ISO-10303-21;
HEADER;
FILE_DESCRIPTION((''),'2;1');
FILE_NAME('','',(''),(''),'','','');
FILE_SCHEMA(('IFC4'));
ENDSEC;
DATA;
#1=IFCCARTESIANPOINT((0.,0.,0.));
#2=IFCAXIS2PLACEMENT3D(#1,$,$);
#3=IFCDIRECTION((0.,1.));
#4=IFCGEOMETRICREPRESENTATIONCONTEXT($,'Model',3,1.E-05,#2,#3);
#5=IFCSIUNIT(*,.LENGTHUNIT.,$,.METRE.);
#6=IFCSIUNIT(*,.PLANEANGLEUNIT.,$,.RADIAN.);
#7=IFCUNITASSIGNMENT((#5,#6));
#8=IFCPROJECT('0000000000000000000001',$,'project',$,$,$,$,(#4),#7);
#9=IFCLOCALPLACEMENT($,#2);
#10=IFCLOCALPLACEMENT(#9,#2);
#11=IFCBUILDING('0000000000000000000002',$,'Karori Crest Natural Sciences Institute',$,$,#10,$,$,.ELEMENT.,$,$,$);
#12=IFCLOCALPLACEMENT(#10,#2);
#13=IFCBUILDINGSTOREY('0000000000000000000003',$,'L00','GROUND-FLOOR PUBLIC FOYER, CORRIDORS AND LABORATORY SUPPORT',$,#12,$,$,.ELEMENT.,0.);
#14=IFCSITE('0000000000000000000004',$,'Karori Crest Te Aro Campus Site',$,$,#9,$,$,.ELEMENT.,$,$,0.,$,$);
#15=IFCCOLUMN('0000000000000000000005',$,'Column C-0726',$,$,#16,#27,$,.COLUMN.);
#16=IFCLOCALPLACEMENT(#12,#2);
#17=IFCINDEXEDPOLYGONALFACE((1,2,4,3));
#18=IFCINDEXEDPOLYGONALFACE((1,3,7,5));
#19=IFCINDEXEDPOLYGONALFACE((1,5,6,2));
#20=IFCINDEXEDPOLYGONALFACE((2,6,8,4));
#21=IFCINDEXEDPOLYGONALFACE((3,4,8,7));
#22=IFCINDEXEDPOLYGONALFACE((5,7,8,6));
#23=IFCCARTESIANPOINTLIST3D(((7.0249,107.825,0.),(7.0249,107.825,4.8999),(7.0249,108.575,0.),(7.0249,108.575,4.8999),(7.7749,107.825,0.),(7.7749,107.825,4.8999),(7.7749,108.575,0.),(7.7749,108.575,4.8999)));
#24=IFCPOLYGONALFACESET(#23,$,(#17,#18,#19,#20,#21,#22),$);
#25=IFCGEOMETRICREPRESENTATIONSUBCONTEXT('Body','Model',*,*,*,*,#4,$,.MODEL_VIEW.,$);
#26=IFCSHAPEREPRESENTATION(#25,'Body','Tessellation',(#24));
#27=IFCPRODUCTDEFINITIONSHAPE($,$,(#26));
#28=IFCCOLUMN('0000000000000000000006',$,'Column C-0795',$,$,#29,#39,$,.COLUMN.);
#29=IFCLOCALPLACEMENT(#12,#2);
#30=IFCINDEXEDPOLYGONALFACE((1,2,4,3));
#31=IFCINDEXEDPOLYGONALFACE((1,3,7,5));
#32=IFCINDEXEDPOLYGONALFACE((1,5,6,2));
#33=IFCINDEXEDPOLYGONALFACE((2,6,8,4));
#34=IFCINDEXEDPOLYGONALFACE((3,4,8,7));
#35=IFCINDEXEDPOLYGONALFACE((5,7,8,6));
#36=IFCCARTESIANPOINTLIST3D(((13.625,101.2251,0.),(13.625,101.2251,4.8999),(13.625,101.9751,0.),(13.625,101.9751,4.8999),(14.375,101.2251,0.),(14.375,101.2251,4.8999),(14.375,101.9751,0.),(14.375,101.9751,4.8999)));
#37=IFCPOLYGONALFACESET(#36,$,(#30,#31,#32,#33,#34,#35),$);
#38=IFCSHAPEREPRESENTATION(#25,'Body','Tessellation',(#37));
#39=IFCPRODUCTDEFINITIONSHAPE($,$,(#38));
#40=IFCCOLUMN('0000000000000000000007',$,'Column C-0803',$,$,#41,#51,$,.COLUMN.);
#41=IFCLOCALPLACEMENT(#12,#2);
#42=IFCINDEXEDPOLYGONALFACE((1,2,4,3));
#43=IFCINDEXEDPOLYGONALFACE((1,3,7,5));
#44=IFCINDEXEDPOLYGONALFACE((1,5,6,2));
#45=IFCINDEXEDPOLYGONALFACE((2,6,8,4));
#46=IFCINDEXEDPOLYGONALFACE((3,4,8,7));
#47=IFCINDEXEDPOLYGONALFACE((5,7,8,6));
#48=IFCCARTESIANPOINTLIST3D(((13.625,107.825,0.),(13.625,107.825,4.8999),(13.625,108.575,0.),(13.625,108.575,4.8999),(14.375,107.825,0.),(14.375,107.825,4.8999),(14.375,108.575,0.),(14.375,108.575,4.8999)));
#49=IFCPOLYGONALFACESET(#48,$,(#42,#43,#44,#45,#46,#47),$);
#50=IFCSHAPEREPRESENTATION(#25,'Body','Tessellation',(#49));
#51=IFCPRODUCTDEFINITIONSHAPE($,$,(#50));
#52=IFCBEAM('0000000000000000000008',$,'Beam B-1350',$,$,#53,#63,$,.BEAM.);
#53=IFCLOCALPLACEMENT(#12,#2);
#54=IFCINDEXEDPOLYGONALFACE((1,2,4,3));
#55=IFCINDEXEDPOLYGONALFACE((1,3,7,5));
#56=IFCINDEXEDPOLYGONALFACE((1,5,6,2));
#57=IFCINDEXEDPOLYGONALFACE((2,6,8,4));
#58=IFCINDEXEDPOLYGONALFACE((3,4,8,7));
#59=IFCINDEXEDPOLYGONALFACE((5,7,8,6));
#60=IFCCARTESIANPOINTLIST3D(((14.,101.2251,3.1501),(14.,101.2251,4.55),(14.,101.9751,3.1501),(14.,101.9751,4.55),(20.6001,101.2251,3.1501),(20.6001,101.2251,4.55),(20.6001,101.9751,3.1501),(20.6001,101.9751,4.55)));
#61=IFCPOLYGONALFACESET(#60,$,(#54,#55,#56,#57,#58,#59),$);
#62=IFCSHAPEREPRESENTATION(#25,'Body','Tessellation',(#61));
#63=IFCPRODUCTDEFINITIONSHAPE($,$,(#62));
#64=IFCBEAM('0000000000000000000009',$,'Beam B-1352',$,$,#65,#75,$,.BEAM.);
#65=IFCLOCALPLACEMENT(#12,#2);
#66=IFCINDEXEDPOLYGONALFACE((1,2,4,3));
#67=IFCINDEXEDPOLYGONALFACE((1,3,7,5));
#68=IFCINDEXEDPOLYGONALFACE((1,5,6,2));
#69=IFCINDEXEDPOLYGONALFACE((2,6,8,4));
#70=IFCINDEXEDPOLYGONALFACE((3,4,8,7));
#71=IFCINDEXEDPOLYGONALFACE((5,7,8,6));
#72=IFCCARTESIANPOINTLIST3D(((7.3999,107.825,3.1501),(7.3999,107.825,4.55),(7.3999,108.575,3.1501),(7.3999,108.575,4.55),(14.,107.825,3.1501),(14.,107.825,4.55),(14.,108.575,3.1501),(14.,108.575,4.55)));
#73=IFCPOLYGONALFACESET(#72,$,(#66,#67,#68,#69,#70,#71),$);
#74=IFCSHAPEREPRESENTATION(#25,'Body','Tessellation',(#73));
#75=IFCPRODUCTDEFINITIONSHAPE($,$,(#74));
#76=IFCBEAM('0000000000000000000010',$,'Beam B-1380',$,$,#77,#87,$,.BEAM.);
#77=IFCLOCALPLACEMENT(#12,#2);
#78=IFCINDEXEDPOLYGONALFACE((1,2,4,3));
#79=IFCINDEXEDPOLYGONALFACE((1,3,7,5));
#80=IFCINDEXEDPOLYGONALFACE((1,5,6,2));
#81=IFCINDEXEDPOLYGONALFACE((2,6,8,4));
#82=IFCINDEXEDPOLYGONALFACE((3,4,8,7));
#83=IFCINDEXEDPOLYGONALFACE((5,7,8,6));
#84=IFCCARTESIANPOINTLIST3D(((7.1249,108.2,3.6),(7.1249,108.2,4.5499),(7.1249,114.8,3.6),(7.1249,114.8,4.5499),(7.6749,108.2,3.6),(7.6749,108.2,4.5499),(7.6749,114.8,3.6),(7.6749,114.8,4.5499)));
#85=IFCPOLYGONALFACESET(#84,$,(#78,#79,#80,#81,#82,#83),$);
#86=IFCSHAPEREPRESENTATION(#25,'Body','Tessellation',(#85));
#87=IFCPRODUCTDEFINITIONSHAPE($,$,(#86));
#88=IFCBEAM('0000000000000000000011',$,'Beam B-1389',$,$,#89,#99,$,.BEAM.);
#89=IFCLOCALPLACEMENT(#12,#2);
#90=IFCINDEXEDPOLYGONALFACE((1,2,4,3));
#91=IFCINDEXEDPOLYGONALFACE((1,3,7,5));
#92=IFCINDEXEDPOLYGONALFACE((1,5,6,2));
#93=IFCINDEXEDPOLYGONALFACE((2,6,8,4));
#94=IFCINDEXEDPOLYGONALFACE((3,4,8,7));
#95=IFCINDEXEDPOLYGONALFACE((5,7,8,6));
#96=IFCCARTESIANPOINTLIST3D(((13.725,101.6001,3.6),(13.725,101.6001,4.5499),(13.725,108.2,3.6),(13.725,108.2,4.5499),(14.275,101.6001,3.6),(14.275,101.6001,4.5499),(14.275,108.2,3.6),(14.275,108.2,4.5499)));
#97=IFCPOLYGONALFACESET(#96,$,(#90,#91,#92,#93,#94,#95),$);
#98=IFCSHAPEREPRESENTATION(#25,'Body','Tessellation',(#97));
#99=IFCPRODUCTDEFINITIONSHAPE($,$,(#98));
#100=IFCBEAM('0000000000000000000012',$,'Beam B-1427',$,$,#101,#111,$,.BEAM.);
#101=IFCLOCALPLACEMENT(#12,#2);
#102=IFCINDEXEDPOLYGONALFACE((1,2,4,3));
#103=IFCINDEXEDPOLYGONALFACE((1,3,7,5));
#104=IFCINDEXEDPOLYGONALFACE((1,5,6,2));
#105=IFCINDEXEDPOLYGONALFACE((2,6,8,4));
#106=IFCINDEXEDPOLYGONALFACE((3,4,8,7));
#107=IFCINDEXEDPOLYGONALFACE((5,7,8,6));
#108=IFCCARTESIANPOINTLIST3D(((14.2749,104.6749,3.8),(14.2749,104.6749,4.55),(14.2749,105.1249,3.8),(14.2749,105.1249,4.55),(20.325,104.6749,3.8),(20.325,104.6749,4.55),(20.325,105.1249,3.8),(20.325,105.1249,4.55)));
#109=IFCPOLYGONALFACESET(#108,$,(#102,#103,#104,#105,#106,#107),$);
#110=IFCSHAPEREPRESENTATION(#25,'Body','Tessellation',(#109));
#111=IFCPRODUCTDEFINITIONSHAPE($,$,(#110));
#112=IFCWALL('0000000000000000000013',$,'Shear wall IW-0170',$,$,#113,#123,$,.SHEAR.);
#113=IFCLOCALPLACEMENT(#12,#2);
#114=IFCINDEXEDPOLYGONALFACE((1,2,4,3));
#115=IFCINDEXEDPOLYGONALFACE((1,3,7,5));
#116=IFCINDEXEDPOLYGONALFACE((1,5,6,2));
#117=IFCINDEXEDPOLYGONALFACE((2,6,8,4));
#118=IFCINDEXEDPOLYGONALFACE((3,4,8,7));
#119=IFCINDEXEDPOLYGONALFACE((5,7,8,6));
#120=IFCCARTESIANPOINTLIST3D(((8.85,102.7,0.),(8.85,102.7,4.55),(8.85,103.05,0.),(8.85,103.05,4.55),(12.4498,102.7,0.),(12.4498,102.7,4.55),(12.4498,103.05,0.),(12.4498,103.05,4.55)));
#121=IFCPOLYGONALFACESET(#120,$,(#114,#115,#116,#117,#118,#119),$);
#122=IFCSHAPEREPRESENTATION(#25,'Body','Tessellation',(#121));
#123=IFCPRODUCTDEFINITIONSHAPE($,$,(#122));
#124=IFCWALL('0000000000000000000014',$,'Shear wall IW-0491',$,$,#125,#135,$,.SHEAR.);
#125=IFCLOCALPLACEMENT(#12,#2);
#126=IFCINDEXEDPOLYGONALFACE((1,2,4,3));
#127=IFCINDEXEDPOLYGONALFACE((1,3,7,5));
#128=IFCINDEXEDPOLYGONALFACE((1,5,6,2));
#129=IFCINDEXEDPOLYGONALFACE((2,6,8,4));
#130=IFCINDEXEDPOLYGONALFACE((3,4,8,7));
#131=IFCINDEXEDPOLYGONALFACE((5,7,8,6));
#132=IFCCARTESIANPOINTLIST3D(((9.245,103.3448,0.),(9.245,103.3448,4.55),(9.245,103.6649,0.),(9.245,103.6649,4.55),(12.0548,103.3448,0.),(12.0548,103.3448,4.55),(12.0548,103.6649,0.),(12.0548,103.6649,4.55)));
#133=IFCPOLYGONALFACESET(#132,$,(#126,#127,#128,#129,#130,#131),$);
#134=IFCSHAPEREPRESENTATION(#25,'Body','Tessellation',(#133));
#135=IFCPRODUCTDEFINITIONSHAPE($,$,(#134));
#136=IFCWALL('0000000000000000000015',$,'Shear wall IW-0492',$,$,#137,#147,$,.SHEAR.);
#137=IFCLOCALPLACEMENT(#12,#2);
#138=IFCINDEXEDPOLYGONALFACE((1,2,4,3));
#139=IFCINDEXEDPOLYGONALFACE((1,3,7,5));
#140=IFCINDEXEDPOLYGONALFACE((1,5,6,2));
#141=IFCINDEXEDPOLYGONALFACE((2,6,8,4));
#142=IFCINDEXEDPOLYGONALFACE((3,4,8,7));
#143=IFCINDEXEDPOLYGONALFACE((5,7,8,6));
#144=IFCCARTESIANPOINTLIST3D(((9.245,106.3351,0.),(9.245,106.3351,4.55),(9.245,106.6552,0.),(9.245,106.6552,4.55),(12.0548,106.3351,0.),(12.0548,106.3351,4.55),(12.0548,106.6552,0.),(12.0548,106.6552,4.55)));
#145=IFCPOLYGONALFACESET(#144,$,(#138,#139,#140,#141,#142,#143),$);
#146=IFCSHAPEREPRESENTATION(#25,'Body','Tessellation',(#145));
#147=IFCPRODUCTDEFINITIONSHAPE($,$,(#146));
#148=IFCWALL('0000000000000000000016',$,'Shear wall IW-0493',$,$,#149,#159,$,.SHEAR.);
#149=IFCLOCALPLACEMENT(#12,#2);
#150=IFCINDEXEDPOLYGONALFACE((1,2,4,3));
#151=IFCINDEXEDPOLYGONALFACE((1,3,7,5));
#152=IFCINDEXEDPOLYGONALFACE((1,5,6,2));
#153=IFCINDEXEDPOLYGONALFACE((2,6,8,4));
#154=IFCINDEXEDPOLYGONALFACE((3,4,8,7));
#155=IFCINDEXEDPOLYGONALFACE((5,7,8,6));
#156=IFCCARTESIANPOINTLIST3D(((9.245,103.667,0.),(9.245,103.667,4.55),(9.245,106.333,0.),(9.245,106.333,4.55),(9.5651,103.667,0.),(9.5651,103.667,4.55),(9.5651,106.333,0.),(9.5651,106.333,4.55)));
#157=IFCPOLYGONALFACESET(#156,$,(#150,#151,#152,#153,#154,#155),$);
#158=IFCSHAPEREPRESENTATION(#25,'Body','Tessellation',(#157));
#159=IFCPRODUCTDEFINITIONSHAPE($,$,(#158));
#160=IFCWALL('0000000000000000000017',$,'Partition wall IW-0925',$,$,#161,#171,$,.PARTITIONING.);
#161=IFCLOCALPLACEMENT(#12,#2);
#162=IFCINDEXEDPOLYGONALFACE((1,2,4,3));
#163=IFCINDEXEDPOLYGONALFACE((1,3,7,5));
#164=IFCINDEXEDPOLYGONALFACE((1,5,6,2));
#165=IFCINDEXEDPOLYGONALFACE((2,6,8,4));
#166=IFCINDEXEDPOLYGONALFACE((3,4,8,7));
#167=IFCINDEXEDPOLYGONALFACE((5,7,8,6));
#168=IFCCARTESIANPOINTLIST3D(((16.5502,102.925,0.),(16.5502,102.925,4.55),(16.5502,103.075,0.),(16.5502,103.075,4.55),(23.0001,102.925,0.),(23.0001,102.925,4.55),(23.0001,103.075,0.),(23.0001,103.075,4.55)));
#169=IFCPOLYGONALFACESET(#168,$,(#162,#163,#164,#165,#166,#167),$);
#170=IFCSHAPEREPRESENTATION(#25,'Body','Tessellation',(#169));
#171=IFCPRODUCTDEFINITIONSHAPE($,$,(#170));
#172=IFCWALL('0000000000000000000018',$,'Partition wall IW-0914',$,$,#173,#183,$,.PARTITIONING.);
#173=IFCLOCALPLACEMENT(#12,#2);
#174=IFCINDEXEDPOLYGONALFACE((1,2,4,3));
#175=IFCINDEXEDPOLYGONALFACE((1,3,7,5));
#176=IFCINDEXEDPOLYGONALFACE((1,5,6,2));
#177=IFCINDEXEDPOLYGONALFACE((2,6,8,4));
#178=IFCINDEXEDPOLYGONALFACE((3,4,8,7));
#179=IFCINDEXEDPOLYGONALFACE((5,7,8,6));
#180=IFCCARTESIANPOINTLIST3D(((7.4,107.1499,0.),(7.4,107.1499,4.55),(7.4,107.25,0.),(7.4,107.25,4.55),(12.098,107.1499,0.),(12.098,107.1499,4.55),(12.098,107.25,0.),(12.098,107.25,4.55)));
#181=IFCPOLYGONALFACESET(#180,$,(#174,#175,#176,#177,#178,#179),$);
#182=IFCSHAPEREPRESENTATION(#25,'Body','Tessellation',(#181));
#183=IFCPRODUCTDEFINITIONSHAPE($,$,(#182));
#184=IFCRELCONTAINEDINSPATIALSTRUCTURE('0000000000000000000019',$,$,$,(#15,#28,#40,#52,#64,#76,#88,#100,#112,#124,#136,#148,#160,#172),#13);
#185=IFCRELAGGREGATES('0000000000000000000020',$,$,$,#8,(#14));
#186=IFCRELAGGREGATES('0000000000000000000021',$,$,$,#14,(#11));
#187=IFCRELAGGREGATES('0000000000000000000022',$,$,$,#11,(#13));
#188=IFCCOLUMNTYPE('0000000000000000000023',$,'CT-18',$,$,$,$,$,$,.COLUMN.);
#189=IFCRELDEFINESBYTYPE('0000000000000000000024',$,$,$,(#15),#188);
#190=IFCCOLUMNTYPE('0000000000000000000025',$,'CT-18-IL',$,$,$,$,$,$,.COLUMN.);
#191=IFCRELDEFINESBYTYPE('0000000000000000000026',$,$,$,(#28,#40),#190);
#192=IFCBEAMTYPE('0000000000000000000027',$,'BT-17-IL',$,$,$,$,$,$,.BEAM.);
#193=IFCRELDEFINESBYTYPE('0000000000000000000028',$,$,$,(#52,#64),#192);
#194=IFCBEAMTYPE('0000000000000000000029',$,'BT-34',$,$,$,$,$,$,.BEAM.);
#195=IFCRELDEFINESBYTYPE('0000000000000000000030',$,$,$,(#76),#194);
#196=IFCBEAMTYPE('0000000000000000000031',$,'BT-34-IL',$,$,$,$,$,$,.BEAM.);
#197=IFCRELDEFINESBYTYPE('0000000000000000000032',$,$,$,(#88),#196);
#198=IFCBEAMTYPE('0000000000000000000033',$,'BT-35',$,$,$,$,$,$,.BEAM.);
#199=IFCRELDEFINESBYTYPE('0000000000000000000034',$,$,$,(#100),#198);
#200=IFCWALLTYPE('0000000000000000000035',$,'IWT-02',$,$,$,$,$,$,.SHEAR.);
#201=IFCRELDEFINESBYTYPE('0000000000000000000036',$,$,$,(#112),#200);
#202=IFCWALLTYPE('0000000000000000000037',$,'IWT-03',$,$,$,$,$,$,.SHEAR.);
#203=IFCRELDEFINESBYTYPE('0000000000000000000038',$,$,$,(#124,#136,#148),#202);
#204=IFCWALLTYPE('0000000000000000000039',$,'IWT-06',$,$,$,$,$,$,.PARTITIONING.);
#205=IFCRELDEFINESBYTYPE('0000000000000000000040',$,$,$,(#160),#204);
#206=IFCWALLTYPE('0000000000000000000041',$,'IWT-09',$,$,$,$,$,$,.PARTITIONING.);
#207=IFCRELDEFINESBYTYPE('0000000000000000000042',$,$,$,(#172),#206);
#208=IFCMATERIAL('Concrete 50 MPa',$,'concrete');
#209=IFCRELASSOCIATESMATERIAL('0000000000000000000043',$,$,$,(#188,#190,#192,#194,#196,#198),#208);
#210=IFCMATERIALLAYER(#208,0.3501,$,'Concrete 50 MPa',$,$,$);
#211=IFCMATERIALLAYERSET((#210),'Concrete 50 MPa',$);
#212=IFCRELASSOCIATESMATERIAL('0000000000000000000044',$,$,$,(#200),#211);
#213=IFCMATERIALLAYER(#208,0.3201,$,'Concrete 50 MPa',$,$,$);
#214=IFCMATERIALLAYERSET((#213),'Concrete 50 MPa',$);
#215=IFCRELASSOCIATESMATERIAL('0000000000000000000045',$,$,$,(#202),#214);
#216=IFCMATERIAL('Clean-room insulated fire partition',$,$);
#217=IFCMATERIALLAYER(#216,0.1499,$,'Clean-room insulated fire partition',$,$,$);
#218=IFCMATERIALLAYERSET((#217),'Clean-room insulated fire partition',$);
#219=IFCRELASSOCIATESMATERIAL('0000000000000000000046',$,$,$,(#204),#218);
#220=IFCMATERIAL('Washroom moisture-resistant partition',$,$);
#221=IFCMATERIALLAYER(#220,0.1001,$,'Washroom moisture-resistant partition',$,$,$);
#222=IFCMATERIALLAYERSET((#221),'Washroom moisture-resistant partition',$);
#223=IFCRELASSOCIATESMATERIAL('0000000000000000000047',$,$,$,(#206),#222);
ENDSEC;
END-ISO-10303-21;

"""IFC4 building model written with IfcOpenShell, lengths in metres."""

from ifc_helpers import new_model, si_unit, direction, frame, frame_2d, origin, origin_2d, place, context, subcontext, project, spatial, rectangle, extrude, material, layer, layer_set, material_profile, profile_set, type_object, element, save


model = new_model("IFC4")

# Units and contexts
model_context = context("Model", 3, precision=1e-05, world=origin(), true_north=direction((0.0, 1.0)))
body_context = subcontext(model_context, "Body", "Model", "MODEL_VIEW")
ifc_project = project(units=[si_unit("LENGTHUNIT", "METRE"), si_unit("PLANEANGLEUNIT", "RADIAN")], contexts=[model_context])

# Site, building, storey
site_placement = place(None, origin())
site = spatial("IfcSite", under=ifc_project, at=site_placement, Name="Karori Crest Te Aro Campus Site", CompositionType="ELEMENT", RefElevation=0.0)
building_placement = place(site_placement, origin())
building = spatial("IfcBuilding", under=site, at=building_placement, Name="Karori Crest Natural Sciences Institute", CompositionType="ELEMENT")
storey_placement = place(building_placement, origin())
storey = spatial("IfcBuildingStorey", under=building, at=storey_placement, Name="L00", Description="GROUND-FLOOR PUBLIC FOYER, CORRIDORS AND LABORATORY SUPPORT", CompositionType="ELEMENT", Elevation=0.0)

# Columns
ifc_material_1 = material(Name="Concrete 50 MPa", Category="concrete")
ifc_material_profile_1 = material_profile(ifc_material_1, rectangle(XDim=0.75, YDim=0.75, at=origin_2d()), Name="RC750x750")
ifc_profile_set_1 = profile_set([ifc_material_profile_1], Name="Concrete 50 MPa")
column_type_1 = type_object("IfcColumnType", Name="CT-18", PredefinedType="COLUMN", material=ifc_profile_set_1)
column_placement = place(storey_placement, frame((7.3999, 108.2, 0.0), z_axis=(0.0, 0.0, 1.0), x_axis=(1.0, 0.0, 0.0)))
element("IfcColumn", 1, at=column_placement, inside=storey, type_object=column_type_1, Name="Column C-0726", PredefinedType="COLUMN", context=body_context, shape_type="SweptSolid", body=[
    extrude(rectangle(XDim=0.75, YDim=0.75, at=origin_2d()), origin(), (0.0, 0.0, 1.0), 4.8999),
])
ifc_material_profile_2 = material_profile(ifc_material_1, rectangle(XDim=0.75, YDim=0.75, at=origin_2d()), Name="RC750x750")
ifc_profile_set_2 = profile_set([ifc_material_profile_2], Name="Concrete 50 MPa")
column_type_2 = type_object("IfcColumnType", Name="CT-18-IL", PredefinedType="COLUMN", material=ifc_profile_set_2)
for number, where, z_axis, x_axis, name in (
    (2, (14.0, 101.6001, 0.0), (0.0, 0.0, 1.0), (1.0, 0.0, 0.0), "Column C-0795"),
    (3, (14.0, 108.2, 0.0), (0.0, 0.0, 1.0), (1.0, 0.0, 0.0), "Column C-0803"),
):
    element("IfcColumn", number, at=place(storey_placement, frame(where, z_axis=z_axis, x_axis=x_axis)), inside=storey, type_object=column_type_2, Name=name, PredefinedType="COLUMN", context=body_context, shape_type="SweptSolid", body=[
        extrude(rectangle(XDim=0.75, YDim=0.75, at=origin_2d()), origin(), (0.0, 0.0, 1.0), 4.8999),
    ])

# Beams
ifc_material_profile_3 = material_profile(ifc_material_1, rectangle(XDim=0.75, YDim=1.3999, at=origin_2d()), Name="RCB750x1400")
ifc_profile_set_3 = profile_set([ifc_material_profile_3], Name="Concrete 50 MPa")
beam_type_1 = type_object("IfcBeamType", Name="BT-17-IL", PredefinedType="BEAM", material=ifc_profile_set_3)
for number, where, z_axis, x_axis, name in (
    (4, (14.0, 101.6001, 3.8501), (1.0, 0.0, 0.0), (0.0, 1.0, 0.0), "Beam B-1350"),
    (5, (7.3999, 108.2, 3.8501), (1.0, 0.0, 0.0), (0.0, 1.0, 0.0), "Beam B-1352"),
):
    element("IfcBeam", number, at=place(storey_placement, frame(where, z_axis=z_axis, x_axis=x_axis)), inside=storey, type_object=beam_type_1, Name=name, PredefinedType="BEAM", context=body_context, shape_type="SweptSolid", body=[
        extrude(rectangle(XDim=0.75, YDim=1.3999, at=origin_2d()), origin(), (0.0, 0.0, 1.0), 6.6001),
    ])
ifc_material_profile_4 = material_profile(ifc_material_1, rectangle(XDim=0.55, YDim=0.95, at=origin_2d()), Name="RCB550x950")
ifc_profile_set_4 = profile_set([ifc_material_profile_4], Name="Concrete 50 MPa")
beam_type_2 = type_object("IfcBeamType", Name="BT-34", PredefinedType="BEAM", material=ifc_profile_set_4)
beam_1_placement = place(storey_placement, frame((7.3999, 108.2, 4.075), z_axis=(0.0, 1.0, 0.0), x_axis=(-1.0, 0.0, 0.0)))
element("IfcBeam", 6, at=beam_1_placement, inside=storey, type_object=beam_type_2, Name="Beam B-1380", PredefinedType="BEAM", context=body_context, shape_type="SweptSolid", body=[
    extrude(rectangle(XDim=0.55, YDim=0.95, at=origin_2d()), origin(), (0.0, 0.0, 1.0), 6.6001),
])
ifc_material_profile_5 = material_profile(ifc_material_1, rectangle(XDim=0.55, YDim=0.95, at=origin_2d()), Name="RCB550x950")
ifc_profile_set_5 = profile_set([ifc_material_profile_5], Name="Concrete 50 MPa")
beam_type_3 = type_object("IfcBeamType", Name="BT-34-IL", PredefinedType="BEAM", material=ifc_profile_set_5)
beam_2_placement = place(storey_placement, frame((14.0, 101.6001, 4.075), z_axis=(0.0, 1.0, 0.0), x_axis=(-1.0, 0.0, 0.0)))
element("IfcBeam", 7, at=beam_2_placement, inside=storey, type_object=beam_type_3, Name="Beam B-1389", PredefinedType="BEAM", context=body_context, shape_type="SweptSolid", body=[
    extrude(rectangle(XDim=0.55, YDim=0.95, at=origin_2d()), origin(), (0.0, 0.0, 1.0), 6.5999),
])
ifc_material_profile_6 = material_profile(ifc_material_1, rectangle(XDim=0.45, YDim=0.75, at=origin_2d()), Name="RCB450x750")
ifc_profile_set_6 = profile_set([ifc_material_profile_6], Name="Concrete 50 MPa")
beam_type_4 = type_object("IfcBeamType", Name="BT-35", PredefinedType="BEAM", material=ifc_profile_set_6)
beam_3_placement = place(storey_placement, frame((14.2749, 104.8999, 4.175), z_axis=(1.0, 0.0, 0.0), x_axis=(0.0, 1.0, 0.0)))
element("IfcBeam", 8, at=beam_3_placement, inside=storey, type_object=beam_type_4, Name="Beam B-1427", PredefinedType="BEAM", context=body_context, shape_type="SweptSolid", body=[
    extrude(rectangle(XDim=0.45, YDim=0.75, at=origin_2d()), origin(), (0.0, 0.0, 1.0), 6.05),
])

# Walls
ifc_layer_1 = layer(ifc_material_1, 0.3501, Name="Concrete 50 MPa")
ifc_layer_set_1 = layer_set([ifc_layer_1], Name="Concrete 50 MPa")
wall_type_1 = type_object("IfcWallType", Name="IWT-02", PredefinedType="SHEAR", material=ifc_layer_set_1)
wall_1_placement = place(storey_placement, frame((8.8501, 102.875, 0.0), z_axis=(0.0, 0.0, 1.0), x_axis=(1.0, 0.0, 0.0)))
element("IfcWall", 9, at=wall_1_placement, inside=storey, type_object=wall_type_1, Name="Shear wall IW-0170", PredefinedType="SHEAR", context=body_context, shape_type="SweptSolid", body=[
    extrude(rectangle(XDim=3.5999, YDim=0.3501, at=frame_2d((1.7998, 0.0))), origin(), (0.0, 0.0, 1.0), 4.55),
])
ifc_layer_2 = layer(ifc_material_1, 0.3201, Name="Concrete 50 MPa")
ifc_layer_set_2 = layer_set([ifc_layer_2], Name="Concrete 50 MPa")
wall_type_2 = type_object("IfcWallType", Name="IWT-03", PredefinedType="SHEAR", material=ifc_layer_set_2)
for number, where, z_axis, x_axis, name in (
    (10, (9.2451, 103.5049, 0.0), (0.0, 0.0, 1.0), (1.0, 0.0, 0.0), "Shear wall IW-0491"),
    (11, (9.2451, 106.4951, 0.0), (0.0, 0.0, 1.0), (1.0, 0.0, 0.0), "Shear wall IW-0492"),
):
    element("IfcWall", number, at=place(storey_placement, frame(where, z_axis=z_axis, x_axis=x_axis)), inside=storey, type_object=wall_type_2, Name=name, PredefinedType="SHEAR", context=body_context, shape_type="SweptSolid", body=[
        extrude(rectangle(XDim=2.8098, YDim=0.3201, at=frame_2d((1.4048, 0.0))), origin(), (0.0, 0.0, 1.0), 4.55),
    ])
wall_2_placement = place(storey_placement, frame((9.405, 103.667, 0.0), z_axis=(0.0, 0.0, 1.0), x_axis=(0.0, 1.0, 0.0)))
element("IfcWall", 12, at=wall_2_placement, inside=storey, type_object=wall_type_2, Name="Shear wall IW-0493", PredefinedType="SHEAR", context=body_context, shape_type="SweptSolid", body=[
    extrude(rectangle(XDim=2.666, YDim=0.3201, at=frame_2d((1.333, 0.0))), origin(), (0.0, 0.0, 1.0), 4.55),
])

# Walls
ifc_material_2 = material(Name="Clean-room insulated fire partition")
ifc_layer_3 = layer(ifc_material_2, 0.1499, Name="Clean-room insulated fire partition")
ifc_layer_set_3 = layer_set([ifc_layer_3], Name="Clean-room insulated fire partition")
wall_type_3 = type_object("IfcWallType", Name="IWT-06", PredefinedType="PARTITIONING", material=ifc_layer_set_3)
wall_3_placement = place(storey_placement, frame((16.55, 103.0, 0.0), z_axis=(0.0, 0.0, 1.0), x_axis=(1.0, 0.0, 0.0)))
element("IfcWall", 13, at=wall_3_placement, inside=storey, type_object=wall_type_3, Name="Partition wall IW-0925", PredefinedType="PARTITIONING", context=body_context, shape_type="SweptSolid", body=[
    extrude(rectangle(XDim=6.45, YDim=0.1499, at=frame_2d((3.2251, 0.0))), origin(), (0.0, 0.0, 1.0), 4.55),
])
ifc_material_3 = material(Name="Washroom moisture-resistant partition")
ifc_layer_4 = layer(ifc_material_3, 0.1001, Name="Washroom moisture-resistant partition")
ifc_layer_set_4 = layer_set([ifc_layer_4], Name="Washroom moisture-resistant partition")
wall_type_4 = type_object("IfcWallType", Name="IWT-09", PredefinedType="PARTITIONING", material=ifc_layer_set_4)
wall_4_placement = place(storey_placement, frame((7.3999, 107.2, 0.0), z_axis=(0.0, 0.0, 1.0), x_axis=(1.0, 0.0, 0.0)))
element("IfcWall", 14, at=wall_4_placement, inside=storey, type_object=wall_type_4, Name="Partition wall IW-0914", PredefinedType="PARTITIONING", context=body_context, shape_type="SweptSolid", body=[
    extrude(rectangle(XDim=4.698, YDim=0.1001, at=frame_2d((2.3491, 0.0))), origin(), (0.0, 0.0, 1.0), 4.55),
])

save(model, "model.ifc")
